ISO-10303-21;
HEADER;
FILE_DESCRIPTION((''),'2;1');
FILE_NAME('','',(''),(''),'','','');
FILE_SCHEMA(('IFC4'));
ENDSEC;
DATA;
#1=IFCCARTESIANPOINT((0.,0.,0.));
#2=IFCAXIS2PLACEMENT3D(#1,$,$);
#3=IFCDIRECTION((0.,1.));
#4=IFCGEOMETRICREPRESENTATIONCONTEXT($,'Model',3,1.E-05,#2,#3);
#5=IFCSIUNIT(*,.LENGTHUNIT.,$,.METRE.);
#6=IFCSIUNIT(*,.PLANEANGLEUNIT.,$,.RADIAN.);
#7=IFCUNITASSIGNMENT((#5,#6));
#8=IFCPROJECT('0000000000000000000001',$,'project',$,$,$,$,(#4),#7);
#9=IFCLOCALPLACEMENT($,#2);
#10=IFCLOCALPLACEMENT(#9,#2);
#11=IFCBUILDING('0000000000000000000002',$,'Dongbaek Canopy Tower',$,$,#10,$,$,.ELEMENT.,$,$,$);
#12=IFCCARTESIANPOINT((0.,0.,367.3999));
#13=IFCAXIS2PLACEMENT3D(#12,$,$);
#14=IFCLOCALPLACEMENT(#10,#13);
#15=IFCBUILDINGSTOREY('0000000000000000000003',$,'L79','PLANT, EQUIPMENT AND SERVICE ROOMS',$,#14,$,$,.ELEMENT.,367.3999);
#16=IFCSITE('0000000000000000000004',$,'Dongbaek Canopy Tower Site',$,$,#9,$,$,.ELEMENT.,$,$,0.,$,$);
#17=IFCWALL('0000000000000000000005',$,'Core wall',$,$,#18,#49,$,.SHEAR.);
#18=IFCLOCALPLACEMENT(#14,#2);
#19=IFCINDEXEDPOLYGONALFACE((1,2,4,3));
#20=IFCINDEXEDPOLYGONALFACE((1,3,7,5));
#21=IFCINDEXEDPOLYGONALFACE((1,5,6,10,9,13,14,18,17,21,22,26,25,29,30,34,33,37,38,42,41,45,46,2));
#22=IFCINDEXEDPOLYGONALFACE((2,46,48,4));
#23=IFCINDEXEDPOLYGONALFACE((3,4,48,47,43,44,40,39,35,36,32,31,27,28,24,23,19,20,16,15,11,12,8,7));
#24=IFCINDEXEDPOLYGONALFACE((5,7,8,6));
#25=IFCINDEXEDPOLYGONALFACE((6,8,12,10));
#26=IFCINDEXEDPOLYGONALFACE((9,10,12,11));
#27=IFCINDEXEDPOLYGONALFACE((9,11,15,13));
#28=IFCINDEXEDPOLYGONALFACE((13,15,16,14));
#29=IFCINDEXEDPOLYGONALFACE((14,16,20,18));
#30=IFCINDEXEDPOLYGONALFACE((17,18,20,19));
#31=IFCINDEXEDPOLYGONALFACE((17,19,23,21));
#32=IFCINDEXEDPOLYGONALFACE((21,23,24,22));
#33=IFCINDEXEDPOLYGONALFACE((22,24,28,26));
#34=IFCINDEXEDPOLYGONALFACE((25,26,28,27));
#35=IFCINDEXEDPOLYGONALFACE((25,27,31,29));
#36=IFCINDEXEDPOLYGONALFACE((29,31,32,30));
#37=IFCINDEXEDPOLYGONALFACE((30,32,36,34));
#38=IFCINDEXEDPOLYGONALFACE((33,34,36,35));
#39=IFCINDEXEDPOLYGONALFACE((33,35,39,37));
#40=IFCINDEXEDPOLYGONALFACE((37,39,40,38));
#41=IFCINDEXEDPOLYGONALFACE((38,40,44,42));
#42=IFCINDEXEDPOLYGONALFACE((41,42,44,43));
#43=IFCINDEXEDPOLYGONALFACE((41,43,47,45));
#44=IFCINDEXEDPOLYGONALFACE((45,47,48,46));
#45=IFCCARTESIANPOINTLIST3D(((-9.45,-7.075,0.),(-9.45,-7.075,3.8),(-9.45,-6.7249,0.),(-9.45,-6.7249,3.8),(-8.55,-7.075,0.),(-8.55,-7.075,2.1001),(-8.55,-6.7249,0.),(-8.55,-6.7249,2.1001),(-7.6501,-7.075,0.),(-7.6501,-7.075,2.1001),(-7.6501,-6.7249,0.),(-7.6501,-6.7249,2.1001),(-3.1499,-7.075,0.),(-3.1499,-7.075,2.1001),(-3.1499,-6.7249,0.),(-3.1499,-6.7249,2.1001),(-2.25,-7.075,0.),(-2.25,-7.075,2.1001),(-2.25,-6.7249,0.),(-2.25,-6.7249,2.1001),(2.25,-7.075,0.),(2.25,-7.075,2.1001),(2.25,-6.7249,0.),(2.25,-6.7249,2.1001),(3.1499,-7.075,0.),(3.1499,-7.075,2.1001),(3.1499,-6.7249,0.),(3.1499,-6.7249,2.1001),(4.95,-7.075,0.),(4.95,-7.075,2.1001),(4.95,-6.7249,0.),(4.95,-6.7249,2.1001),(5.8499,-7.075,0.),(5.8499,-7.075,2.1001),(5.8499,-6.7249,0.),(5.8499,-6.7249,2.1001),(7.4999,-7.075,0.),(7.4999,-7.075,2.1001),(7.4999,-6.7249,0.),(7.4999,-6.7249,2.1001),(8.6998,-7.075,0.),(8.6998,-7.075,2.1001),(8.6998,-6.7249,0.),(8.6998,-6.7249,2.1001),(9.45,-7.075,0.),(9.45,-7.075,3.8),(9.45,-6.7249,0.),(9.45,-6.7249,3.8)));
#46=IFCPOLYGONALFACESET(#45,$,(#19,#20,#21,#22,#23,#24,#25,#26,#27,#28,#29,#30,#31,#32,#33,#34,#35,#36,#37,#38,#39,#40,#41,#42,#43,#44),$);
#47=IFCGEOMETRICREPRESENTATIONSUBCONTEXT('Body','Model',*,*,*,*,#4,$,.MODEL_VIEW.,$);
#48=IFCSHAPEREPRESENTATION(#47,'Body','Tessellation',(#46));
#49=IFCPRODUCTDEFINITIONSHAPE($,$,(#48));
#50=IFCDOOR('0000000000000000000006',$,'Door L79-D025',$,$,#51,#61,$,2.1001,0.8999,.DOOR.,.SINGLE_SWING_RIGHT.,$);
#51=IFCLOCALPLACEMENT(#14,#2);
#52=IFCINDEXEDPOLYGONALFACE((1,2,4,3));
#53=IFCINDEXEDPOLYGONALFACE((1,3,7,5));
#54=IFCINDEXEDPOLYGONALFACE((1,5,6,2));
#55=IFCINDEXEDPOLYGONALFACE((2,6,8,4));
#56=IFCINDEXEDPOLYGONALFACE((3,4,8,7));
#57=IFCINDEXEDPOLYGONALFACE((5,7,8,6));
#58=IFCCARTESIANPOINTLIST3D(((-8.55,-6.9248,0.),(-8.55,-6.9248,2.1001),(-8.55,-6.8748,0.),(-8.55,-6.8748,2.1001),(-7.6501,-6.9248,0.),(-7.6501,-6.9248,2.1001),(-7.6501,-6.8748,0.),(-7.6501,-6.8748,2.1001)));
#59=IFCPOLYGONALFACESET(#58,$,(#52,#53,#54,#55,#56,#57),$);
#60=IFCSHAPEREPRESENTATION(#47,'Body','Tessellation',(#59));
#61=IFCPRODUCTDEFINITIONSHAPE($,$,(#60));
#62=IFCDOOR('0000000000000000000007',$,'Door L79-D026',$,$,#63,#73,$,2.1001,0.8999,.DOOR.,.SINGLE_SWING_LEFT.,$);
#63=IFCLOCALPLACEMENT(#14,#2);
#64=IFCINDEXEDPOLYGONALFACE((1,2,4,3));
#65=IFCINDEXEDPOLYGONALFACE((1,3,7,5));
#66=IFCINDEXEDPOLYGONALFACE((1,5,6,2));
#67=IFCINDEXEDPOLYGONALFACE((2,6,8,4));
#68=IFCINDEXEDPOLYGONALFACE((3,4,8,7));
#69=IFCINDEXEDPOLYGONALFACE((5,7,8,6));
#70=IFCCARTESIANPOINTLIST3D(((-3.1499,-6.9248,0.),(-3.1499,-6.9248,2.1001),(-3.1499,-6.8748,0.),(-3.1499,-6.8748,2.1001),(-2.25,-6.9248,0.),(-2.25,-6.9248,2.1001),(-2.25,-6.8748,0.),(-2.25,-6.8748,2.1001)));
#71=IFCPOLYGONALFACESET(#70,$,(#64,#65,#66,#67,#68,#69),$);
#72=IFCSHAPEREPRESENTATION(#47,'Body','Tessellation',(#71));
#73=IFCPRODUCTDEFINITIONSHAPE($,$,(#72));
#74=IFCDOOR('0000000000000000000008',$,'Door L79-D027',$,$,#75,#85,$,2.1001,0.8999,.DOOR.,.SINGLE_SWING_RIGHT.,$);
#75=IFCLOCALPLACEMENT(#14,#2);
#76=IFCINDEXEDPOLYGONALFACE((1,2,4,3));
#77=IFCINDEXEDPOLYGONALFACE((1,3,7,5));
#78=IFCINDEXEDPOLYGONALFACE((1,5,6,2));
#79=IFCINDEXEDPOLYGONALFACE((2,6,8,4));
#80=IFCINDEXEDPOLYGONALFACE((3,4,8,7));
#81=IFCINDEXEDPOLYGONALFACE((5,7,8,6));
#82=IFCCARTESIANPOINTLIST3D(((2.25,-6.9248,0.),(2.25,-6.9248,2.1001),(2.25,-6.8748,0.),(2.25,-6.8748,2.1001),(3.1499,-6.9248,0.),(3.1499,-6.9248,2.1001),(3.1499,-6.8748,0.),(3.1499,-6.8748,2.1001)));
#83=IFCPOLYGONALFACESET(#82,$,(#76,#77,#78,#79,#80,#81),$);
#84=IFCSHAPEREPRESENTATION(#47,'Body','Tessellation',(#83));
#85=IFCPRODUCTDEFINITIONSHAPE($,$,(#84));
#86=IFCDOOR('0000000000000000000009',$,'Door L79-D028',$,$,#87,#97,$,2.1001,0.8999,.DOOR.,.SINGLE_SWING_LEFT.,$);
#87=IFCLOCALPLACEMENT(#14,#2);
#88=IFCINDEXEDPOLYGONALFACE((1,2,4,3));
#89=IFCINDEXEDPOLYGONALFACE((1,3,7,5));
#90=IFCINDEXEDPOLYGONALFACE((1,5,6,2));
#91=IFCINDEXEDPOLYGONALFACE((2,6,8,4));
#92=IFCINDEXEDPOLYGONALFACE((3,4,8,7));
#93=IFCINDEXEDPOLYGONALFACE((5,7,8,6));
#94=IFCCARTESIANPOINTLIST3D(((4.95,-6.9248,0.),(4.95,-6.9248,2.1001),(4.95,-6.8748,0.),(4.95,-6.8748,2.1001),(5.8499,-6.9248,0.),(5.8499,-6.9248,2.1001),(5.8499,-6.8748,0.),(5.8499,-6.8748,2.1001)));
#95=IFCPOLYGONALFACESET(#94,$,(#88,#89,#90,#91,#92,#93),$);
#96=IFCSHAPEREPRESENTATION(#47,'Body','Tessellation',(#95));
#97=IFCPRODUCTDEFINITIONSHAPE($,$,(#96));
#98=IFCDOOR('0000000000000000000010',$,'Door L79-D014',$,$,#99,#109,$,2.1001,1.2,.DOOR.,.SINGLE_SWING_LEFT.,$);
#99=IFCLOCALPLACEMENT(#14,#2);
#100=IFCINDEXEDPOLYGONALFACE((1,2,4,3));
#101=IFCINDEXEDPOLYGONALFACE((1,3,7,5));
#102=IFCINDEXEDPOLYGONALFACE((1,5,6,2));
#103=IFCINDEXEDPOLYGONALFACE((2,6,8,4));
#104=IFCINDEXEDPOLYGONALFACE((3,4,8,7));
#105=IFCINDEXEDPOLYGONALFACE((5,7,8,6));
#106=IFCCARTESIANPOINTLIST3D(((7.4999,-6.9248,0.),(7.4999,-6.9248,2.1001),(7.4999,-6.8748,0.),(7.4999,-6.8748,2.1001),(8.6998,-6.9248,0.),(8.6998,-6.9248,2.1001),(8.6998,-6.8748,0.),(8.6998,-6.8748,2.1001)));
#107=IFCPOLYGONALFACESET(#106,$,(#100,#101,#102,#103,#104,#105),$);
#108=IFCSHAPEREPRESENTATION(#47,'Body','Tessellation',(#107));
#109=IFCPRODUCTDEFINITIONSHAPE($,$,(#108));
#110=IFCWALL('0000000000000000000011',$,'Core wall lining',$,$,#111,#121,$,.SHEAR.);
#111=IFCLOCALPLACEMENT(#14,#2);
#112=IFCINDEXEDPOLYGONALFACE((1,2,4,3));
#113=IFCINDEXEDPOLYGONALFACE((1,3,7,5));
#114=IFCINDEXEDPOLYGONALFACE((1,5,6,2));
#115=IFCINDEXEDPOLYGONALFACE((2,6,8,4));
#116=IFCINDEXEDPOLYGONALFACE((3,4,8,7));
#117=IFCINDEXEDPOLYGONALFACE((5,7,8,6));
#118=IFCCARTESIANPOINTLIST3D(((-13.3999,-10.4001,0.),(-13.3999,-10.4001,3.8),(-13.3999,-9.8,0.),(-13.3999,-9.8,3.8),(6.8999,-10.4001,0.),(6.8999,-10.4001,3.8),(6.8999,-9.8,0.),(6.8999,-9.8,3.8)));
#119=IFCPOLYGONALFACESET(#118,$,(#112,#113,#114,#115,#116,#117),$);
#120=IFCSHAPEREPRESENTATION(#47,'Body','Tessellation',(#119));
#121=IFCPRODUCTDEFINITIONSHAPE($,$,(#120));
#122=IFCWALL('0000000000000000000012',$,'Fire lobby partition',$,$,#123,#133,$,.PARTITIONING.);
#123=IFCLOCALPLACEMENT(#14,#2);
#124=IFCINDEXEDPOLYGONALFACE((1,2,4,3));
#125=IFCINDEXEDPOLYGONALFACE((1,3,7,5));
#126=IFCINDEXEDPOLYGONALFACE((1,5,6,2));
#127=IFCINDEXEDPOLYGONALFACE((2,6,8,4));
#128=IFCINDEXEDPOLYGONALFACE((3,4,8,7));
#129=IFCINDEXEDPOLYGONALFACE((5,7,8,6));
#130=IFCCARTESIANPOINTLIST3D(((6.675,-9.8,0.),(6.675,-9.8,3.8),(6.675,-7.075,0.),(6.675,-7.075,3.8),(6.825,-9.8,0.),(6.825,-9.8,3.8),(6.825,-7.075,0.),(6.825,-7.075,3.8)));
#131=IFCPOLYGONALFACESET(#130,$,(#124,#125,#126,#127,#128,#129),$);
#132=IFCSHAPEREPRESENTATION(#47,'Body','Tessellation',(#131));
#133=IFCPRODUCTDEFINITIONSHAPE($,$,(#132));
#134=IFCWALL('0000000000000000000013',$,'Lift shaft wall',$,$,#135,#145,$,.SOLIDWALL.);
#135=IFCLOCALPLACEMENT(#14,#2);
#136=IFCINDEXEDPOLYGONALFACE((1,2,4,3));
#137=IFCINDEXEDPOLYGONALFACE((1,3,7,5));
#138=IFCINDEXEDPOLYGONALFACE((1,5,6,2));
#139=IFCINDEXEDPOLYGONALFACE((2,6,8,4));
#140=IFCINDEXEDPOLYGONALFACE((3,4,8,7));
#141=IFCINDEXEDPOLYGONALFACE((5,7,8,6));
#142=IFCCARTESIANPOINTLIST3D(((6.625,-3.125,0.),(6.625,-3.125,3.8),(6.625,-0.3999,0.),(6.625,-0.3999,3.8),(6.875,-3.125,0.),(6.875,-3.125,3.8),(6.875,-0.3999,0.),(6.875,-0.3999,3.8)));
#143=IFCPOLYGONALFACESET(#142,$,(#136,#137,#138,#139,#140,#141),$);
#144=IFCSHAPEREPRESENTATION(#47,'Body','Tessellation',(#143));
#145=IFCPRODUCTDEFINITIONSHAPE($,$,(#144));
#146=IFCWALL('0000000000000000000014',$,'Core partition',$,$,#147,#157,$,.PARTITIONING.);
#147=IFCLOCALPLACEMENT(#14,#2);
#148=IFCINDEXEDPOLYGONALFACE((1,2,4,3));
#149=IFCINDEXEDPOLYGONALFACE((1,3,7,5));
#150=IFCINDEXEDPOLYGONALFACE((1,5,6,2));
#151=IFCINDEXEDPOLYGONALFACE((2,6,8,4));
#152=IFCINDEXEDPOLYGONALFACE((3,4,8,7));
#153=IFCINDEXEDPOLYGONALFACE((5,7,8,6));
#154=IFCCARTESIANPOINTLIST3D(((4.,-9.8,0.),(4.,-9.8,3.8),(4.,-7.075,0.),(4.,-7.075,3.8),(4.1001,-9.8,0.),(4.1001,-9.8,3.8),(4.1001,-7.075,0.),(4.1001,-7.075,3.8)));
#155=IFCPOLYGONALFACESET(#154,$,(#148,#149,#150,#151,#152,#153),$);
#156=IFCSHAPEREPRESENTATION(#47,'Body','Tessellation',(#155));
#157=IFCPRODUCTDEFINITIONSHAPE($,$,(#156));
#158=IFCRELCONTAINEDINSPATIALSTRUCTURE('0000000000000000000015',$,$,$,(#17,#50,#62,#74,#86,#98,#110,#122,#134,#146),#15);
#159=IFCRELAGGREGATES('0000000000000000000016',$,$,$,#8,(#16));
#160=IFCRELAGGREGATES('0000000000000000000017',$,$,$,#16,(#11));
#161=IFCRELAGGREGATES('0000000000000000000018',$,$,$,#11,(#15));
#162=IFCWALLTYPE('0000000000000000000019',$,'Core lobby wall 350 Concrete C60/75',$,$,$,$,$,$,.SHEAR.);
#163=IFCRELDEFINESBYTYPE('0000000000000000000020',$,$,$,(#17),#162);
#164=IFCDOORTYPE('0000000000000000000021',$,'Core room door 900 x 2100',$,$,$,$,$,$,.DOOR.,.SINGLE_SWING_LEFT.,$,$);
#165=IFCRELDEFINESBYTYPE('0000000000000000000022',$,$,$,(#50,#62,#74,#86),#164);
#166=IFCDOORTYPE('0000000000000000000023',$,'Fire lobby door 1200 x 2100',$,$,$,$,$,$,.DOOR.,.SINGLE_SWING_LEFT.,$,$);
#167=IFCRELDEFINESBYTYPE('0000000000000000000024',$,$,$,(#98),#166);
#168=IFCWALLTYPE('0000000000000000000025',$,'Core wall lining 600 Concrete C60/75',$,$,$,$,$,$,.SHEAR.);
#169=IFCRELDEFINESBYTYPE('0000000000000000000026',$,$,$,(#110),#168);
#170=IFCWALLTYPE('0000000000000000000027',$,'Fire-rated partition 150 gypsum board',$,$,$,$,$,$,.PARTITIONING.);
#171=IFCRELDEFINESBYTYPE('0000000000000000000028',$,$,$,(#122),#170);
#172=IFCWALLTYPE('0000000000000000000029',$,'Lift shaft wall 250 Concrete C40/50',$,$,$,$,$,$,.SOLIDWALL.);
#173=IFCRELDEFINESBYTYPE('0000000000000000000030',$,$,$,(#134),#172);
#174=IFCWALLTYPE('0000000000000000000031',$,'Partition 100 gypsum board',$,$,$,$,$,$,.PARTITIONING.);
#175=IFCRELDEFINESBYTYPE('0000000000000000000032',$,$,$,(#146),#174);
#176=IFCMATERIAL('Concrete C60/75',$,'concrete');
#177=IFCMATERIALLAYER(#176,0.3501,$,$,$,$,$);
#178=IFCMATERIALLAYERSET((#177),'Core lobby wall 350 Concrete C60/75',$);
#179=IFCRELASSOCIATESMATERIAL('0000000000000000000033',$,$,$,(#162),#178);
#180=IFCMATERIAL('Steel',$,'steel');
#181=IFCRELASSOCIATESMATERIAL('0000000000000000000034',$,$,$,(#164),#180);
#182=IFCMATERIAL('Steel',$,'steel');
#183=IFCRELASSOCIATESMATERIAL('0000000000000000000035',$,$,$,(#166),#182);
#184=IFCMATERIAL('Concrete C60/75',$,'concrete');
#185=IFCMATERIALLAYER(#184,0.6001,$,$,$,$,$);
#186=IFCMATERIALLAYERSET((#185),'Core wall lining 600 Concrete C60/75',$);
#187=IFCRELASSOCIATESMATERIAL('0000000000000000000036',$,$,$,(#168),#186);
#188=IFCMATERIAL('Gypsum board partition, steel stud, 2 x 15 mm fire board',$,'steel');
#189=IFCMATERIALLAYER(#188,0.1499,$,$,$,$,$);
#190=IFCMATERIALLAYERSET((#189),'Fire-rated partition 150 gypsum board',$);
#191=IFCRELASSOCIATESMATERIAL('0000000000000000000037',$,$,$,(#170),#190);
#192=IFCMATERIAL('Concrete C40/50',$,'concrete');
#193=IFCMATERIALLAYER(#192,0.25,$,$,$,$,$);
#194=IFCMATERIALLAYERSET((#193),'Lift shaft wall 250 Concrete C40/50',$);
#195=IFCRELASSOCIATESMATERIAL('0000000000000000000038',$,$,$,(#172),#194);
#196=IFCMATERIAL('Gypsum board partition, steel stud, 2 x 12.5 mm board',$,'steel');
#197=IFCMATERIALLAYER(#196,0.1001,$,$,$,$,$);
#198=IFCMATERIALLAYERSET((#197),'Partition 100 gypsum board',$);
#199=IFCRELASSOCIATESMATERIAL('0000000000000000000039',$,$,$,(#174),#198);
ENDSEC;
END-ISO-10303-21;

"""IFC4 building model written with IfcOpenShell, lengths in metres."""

from ifc_helpers import new_model, si_unit, direction, frame, frame_2d, origin, place, context, subcontext, project, spatial, rectangle, extrude, material, layer, layer_set, type_object, element, fill, save


model = new_model("IFC4")

# Units and contexts
model_context = context("Model", 3, precision=1e-05, world=origin(), true_north=direction((0.0, 1.0)))
body_context = subcontext(model_context, "Body", "Model", "MODEL_VIEW")
ifc_project = project(units=[si_unit("LENGTHUNIT", "METRE"), si_unit("PLANEANGLEUNIT", "RADIAN")], contexts=[model_context])

# Site, building, storey
site_placement = place(None, origin())
site = spatial("IfcSite", under=ifc_project, at=site_placement, Name="Dongbaek Canopy Tower Site", CompositionType="ELEMENT", RefElevation=0.0)
building_placement = place(site_placement, origin())
building = spatial("IfcBuilding", under=site, at=building_placement, Name="Dongbaek Canopy Tower", CompositionType="ELEMENT")
storey_placement = place(building_placement, frame((0.0, 0.0, 367.3999)))
storey = spatial("IfcBuildingStorey", under=building, at=storey_placement, Name="L79", Description="PLANT, EQUIPMENT AND SERVICE ROOMS", CompositionType="ELEMENT", Elevation=367.3999)

# Wall, openings, doors
ifc_material_1 = material(Name="Concrete C60/75", Category="concrete")
ifc_layer_1 = layer(ifc_material_1, 0.3501)
ifc_layer_set_1 = layer_set([ifc_layer_1], Name="Core lobby wall 350 Concrete C60/75")
wall_type_1 = type_object("IfcWallType", Name="Core lobby wall 350 Concrete C60/75", PredefinedType="SHEAR", material=ifc_layer_set_1)
wall_1_placement = place(storey_placement, frame((9.45, -6.8999, 0.0), z_axis=(0.0, 0.0, 1.0), x_axis=(-1.0, 0.0, 0.0)))
wall_1 = element("IfcWall", 1, at=wall_1_placement, inside=storey, type_object=wall_type_1, Name="Core wall", PredefinedType="SHEAR", context=body_context, shape_type="SweptSolid", body=[
    extrude(rectangle(XDim=18.8999, YDim=0.3501, at=frame_2d((9.45, 0.0))), origin(), (0.0, 0.0, 1.0), 3.8),
])
opening_1_placement = place(wall_1_placement, frame((0.75, 0.0, 0.0)))
opening_1 = element("IfcOpeningElement", 2, at=opening_1_placement, cuts=wall_1, PredefinedType="OPENING", context=body_context, shape_type="SweptSolid", body=[
    extrude(rectangle(XDim=1.2, YDim=2.1001, at=frame_2d((0.6001, 1.05))), frame((0.0, 0.1851, 0.0), z_axis=(0.0, -1.0, 0.0), x_axis=(1.0, 0.0, 0.0)), (0.0, 0.0, 1.0), 0.3701),
])
opening_2_placement = place(wall_1_placement, frame((17.1001, 0.0, 0.0)))
opening_2 = element("IfcOpeningElement", 3, at=opening_2_placement, cuts=wall_1, PredefinedType="OPENING", context=body_context, shape_type="SweptSolid", body=[
    extrude(rectangle(XDim=0.8999, YDim=2.1001, at=frame_2d((0.45, 1.05))), frame((0.0, 0.1851, 0.0), z_axis=(0.0, -1.0, 0.0), x_axis=(1.0, 0.0, 0.0)), (0.0, 0.0, 1.0), 0.3701),
])
opening_3_placement = place(wall_1_placement, frame((11.7, 0.0, 0.0)))
opening_3 = element("IfcOpeningElement", 4, at=opening_3_placement, cuts=wall_1, PredefinedType="OPENING", context=body_context, shape_type="SweptSolid", body=[
    extrude(rectangle(XDim=0.8999, YDim=2.1001, at=frame_2d((0.45, 1.05))), frame((0.0, 0.1851, 0.0), z_axis=(0.0, -1.0, 0.0), x_axis=(1.0, 0.0, 0.0)), (0.0, 0.0, 1.0), 0.3701),
])
opening_4_placement = place(wall_1_placement, frame((6.3, 0.0, 0.0)))
opening_4 = element("IfcOpeningElement", 5, at=opening_4_placement, cuts=wall_1, PredefinedType="OPENING", context=body_context, shape_type="SweptSolid", body=[
    extrude(rectangle(XDim=0.8999, YDim=2.1001, at=frame_2d((0.45, 1.05))), frame((0.0, 0.1851, 0.0), z_axis=(0.0, -1.0, 0.0), x_axis=(1.0, 0.0, 0.0)), (0.0, 0.0, 1.0), 0.3701),
])
opening_5_placement = place(wall_1_placement, frame((3.6001, 0.0, 0.0)))
opening_5 = element("IfcOpeningElement", 6, at=opening_5_placement, cuts=wall_1, PredefinedType="OPENING", context=body_context, shape_type="SweptSolid", body=[
    extrude(rectangle(XDim=0.8999, YDim=2.1001, at=frame_2d((0.45, 1.05))), frame((0.0, 0.1851, 0.0), z_axis=(0.0, -1.0, 0.0), x_axis=(1.0, 0.0, 0.0)), (0.0, 0.0, 1.0), 0.3701),
])
ifc_material_2 = material(Name="Steel", Category="steel")
door_type_1 = type_object("IfcDoorType", Name="Core room door 900 x 2100", OperationType="SINGLE_SWING_LEFT", PredefinedType="DOOR", material=ifc_material_2)
door_1_placement = place(opening_2_placement, origin())
door_1 = element("IfcDoor", 7, at=door_1_placement, inside=storey, type_object=door_type_1, Name="Door L79-D025", OperationType="SINGLE_SWING_RIGHT", OverallHeight=2.1001, OverallWidth=0.8999, PredefinedType="DOOR", context=body_context, shape_type="SweptSolid", body=[
    extrude(rectangle(XDim=0.8999, YDim=2.1001, at=frame_2d((0.45, 1.05))), frame((0.0, 0.0249, 0.0), z_axis=(0.0, -1.0, 0.0), x_axis=(1.0, 0.0, 0.0)), (0.0, 0.0, 1.0), 0.05),
])
fill(opening_2, door_1)
door_2_placement = place(opening_3_placement, origin())
door_2 = element("IfcDoor", 8, at=door_2_placement, inside=storey, type_object=door_type_1, Name="Door L79-D026", OperationType="SINGLE_SWING_LEFT", OverallHeight=2.1001, OverallWidth=0.8999, PredefinedType="DOOR", context=body_context, shape_type="SweptSolid", body=[
    extrude(rectangle(XDim=0.8999, YDim=2.1001, at=frame_2d((0.45, 1.05))), frame((0.0, 0.0249, 0.0), z_axis=(0.0, -1.0, 0.0), x_axis=(1.0, 0.0, 0.0)), (0.0, 0.0, 1.0), 0.05),
])
fill(opening_3, door_2)
door_3_placement = place(opening_4_placement, origin())
door_3 = element("IfcDoor", 9, at=door_3_placement, inside=storey, type_object=door_type_1, Name="Door L79-D027", OperationType="SINGLE_SWING_RIGHT", OverallHeight=2.1001, OverallWidth=0.8999, PredefinedType="DOOR", context=body_context, shape_type="SweptSolid", body=[
    extrude(rectangle(XDim=0.8999, YDim=2.1001, at=frame_2d((0.45, 1.05))), frame((0.0, 0.0249, 0.0), z_axis=(0.0, -1.0, 0.0), x_axis=(1.0, 0.0, 0.0)), (0.0, 0.0, 1.0), 0.05),
])
fill(opening_4, door_3)
door_4_placement = place(opening_5_placement, origin())
door_4 = element("IfcDoor", 10, at=door_4_placement, inside=storey, type_object=door_type_1, Name="Door L79-D028", OperationType="SINGLE_SWING_LEFT", OverallHeight=2.1001, OverallWidth=0.8999, PredefinedType="DOOR", context=body_context, shape_type="SweptSolid", body=[
    extrude(rectangle(XDim=0.8999, YDim=2.1001, at=frame_2d((0.45, 1.05))), frame((0.0, 0.0249, 0.0), z_axis=(0.0, -1.0, 0.0), x_axis=(1.0, 0.0, 0.0)), (0.0, 0.0, 1.0), 0.05),
])
fill(opening_5, door_4)
ifc_material_3 = material(Name="Steel", Category="steel")
door_type_2 = type_object("IfcDoorType", Name="Fire lobby door 1200 x 2100", OperationType="SINGLE_SWING_LEFT", PredefinedType="DOOR", material=ifc_material_3)
door_5_placement = place(opening_1_placement, origin())
door_5 = element("IfcDoor", 11, at=door_5_placement, inside=storey, type_object=door_type_2, Name="Door L79-D014", OperationType="SINGLE_SWING_LEFT", OverallHeight=2.1001, OverallWidth=1.2, PredefinedType="DOOR", context=body_context, shape_type="SweptSolid", body=[
    extrude(rectangle(XDim=1.2, YDim=2.1001, at=frame_2d((0.6001, 1.05))), frame((0.0, 0.0249, 0.0), z_axis=(0.0, -1.0, 0.0), x_axis=(1.0, 0.0, 0.0)), (0.0, 0.0, 1.0), 0.05),
])
fill(opening_1, door_5)

# Walls
ifc_material_4 = material(Name="Concrete C60/75", Category="concrete")
ifc_layer_2 = layer(ifc_material_4, 0.6001)
ifc_layer_set_2 = layer_set([ifc_layer_2], Name="Core wall lining 600 Concrete C60/75")
wall_type_2 = type_object("IfcWallType", Name="Core wall lining 600 Concrete C60/75", PredefinedType="SHEAR", material=ifc_layer_set_2)
wall_2_placement = place(storey_placement, frame((6.8999, -10.1001, 0.0), z_axis=(0.0, 0.0, 1.0), x_axis=(-1.0, 0.0, 0.0)))
element("IfcWall", 12, at=wall_2_placement, inside=storey, type_object=wall_type_2, Name="Core wall lining", PredefinedType="SHEAR", context=body_context, shape_type="SweptSolid", body=[
    extrude(rectangle(XDim=20.2998, YDim=0.6001, at=frame_2d((10.1499, 0.0))), origin(), (0.0, 0.0, 1.0), 3.8),
])
ifc_material_5 = material(Name="Gypsum board partition, steel stud, 2 x 15 mm fire board", Category="steel")
ifc_layer_3 = layer(ifc_material_5, 0.1499)
ifc_layer_set_3 = layer_set([ifc_layer_3], Name="Fire-rated partition 150 gypsum board")
wall_type_3 = type_object("IfcWallType", Name="Fire-rated partition 150 gypsum board", PredefinedType="PARTITIONING", material=ifc_layer_set_3)
wall_3_placement = place(storey_placement, frame((6.75, -9.8, 0.0), z_axis=(0.0, 0.0, 1.0), x_axis=(0.0, 1.0, 0.0)))
element("IfcWall", 13, at=wall_3_placement, inside=storey, type_object=wall_type_3, Name="Fire lobby partition", PredefinedType="PARTITIONING", context=body_context, shape_type="SweptSolid", body=[
    extrude(rectangle(XDim=2.7251, YDim=0.1499, at=frame_2d((1.3625, 0.0))), origin(), (0.0, 0.0, 1.0), 3.8),
])
ifc_material_6 = material(Name="Concrete C40/50", Category="concrete")
ifc_layer_4 = layer(ifc_material_6, 0.25)
ifc_layer_set_4 = layer_set([ifc_layer_4], Name="Lift shaft wall 250 Concrete C40/50")
wall_type_4 = type_object("IfcWallType", Name="Lift shaft wall 250 Concrete C40/50", PredefinedType="SOLIDWALL", material=ifc_layer_set_4)
wall_4_placement = place(storey_placement, frame((6.75, -3.125, 0.0), z_axis=(0.0, 0.0, 1.0), x_axis=(0.0, 1.0, 0.0)))
element("IfcWall", 14, at=wall_4_placement, inside=storey, type_object=wall_type_4, Name="Lift shaft wall", PredefinedType="SOLIDWALL", context=body_context, shape_type="SweptSolid", body=[
    extrude(rectangle(XDim=2.7251, YDim=0.25, at=frame_2d((1.3625, 0.0))), origin(), (0.0, 0.0, 1.0), 3.8),
])
ifc_material_7 = material(Name="Gypsum board partition, steel stud, 2 x 12.5 mm board", Category="steel")
ifc_layer_5 = layer(ifc_material_7, 0.1001)
ifc_layer_set_5 = layer_set([ifc_layer_5], Name="Partition 100 gypsum board")
wall_type_5 = type_object("IfcWallType", Name="Partition 100 gypsum board", PredefinedType="PARTITIONING", material=ifc_layer_set_5)
for number, where, z_axis, x_axis, name in (
    (15, (4.05, -9.8, 0.0), (0.0, 0.0, 1.0), (0.0, 1.0, 0.0), "Core partition"),
):
    element("IfcWall", number, at=place(storey_placement, frame(where, z_axis=z_axis, x_axis=x_axis)), inside=storey, type_object=wall_type_5, Name=name, PredefinedType="PARTITIONING", context=body_context, shape_type="SweptSolid", body=[
        extrude(rectangle(XDim=2.7251, YDim=0.1001, at=frame_2d((1.3625, 0.0))), origin(), (0.0, 0.0, 1.0), 3.8),
    ])

save(model, "model.ifc")
